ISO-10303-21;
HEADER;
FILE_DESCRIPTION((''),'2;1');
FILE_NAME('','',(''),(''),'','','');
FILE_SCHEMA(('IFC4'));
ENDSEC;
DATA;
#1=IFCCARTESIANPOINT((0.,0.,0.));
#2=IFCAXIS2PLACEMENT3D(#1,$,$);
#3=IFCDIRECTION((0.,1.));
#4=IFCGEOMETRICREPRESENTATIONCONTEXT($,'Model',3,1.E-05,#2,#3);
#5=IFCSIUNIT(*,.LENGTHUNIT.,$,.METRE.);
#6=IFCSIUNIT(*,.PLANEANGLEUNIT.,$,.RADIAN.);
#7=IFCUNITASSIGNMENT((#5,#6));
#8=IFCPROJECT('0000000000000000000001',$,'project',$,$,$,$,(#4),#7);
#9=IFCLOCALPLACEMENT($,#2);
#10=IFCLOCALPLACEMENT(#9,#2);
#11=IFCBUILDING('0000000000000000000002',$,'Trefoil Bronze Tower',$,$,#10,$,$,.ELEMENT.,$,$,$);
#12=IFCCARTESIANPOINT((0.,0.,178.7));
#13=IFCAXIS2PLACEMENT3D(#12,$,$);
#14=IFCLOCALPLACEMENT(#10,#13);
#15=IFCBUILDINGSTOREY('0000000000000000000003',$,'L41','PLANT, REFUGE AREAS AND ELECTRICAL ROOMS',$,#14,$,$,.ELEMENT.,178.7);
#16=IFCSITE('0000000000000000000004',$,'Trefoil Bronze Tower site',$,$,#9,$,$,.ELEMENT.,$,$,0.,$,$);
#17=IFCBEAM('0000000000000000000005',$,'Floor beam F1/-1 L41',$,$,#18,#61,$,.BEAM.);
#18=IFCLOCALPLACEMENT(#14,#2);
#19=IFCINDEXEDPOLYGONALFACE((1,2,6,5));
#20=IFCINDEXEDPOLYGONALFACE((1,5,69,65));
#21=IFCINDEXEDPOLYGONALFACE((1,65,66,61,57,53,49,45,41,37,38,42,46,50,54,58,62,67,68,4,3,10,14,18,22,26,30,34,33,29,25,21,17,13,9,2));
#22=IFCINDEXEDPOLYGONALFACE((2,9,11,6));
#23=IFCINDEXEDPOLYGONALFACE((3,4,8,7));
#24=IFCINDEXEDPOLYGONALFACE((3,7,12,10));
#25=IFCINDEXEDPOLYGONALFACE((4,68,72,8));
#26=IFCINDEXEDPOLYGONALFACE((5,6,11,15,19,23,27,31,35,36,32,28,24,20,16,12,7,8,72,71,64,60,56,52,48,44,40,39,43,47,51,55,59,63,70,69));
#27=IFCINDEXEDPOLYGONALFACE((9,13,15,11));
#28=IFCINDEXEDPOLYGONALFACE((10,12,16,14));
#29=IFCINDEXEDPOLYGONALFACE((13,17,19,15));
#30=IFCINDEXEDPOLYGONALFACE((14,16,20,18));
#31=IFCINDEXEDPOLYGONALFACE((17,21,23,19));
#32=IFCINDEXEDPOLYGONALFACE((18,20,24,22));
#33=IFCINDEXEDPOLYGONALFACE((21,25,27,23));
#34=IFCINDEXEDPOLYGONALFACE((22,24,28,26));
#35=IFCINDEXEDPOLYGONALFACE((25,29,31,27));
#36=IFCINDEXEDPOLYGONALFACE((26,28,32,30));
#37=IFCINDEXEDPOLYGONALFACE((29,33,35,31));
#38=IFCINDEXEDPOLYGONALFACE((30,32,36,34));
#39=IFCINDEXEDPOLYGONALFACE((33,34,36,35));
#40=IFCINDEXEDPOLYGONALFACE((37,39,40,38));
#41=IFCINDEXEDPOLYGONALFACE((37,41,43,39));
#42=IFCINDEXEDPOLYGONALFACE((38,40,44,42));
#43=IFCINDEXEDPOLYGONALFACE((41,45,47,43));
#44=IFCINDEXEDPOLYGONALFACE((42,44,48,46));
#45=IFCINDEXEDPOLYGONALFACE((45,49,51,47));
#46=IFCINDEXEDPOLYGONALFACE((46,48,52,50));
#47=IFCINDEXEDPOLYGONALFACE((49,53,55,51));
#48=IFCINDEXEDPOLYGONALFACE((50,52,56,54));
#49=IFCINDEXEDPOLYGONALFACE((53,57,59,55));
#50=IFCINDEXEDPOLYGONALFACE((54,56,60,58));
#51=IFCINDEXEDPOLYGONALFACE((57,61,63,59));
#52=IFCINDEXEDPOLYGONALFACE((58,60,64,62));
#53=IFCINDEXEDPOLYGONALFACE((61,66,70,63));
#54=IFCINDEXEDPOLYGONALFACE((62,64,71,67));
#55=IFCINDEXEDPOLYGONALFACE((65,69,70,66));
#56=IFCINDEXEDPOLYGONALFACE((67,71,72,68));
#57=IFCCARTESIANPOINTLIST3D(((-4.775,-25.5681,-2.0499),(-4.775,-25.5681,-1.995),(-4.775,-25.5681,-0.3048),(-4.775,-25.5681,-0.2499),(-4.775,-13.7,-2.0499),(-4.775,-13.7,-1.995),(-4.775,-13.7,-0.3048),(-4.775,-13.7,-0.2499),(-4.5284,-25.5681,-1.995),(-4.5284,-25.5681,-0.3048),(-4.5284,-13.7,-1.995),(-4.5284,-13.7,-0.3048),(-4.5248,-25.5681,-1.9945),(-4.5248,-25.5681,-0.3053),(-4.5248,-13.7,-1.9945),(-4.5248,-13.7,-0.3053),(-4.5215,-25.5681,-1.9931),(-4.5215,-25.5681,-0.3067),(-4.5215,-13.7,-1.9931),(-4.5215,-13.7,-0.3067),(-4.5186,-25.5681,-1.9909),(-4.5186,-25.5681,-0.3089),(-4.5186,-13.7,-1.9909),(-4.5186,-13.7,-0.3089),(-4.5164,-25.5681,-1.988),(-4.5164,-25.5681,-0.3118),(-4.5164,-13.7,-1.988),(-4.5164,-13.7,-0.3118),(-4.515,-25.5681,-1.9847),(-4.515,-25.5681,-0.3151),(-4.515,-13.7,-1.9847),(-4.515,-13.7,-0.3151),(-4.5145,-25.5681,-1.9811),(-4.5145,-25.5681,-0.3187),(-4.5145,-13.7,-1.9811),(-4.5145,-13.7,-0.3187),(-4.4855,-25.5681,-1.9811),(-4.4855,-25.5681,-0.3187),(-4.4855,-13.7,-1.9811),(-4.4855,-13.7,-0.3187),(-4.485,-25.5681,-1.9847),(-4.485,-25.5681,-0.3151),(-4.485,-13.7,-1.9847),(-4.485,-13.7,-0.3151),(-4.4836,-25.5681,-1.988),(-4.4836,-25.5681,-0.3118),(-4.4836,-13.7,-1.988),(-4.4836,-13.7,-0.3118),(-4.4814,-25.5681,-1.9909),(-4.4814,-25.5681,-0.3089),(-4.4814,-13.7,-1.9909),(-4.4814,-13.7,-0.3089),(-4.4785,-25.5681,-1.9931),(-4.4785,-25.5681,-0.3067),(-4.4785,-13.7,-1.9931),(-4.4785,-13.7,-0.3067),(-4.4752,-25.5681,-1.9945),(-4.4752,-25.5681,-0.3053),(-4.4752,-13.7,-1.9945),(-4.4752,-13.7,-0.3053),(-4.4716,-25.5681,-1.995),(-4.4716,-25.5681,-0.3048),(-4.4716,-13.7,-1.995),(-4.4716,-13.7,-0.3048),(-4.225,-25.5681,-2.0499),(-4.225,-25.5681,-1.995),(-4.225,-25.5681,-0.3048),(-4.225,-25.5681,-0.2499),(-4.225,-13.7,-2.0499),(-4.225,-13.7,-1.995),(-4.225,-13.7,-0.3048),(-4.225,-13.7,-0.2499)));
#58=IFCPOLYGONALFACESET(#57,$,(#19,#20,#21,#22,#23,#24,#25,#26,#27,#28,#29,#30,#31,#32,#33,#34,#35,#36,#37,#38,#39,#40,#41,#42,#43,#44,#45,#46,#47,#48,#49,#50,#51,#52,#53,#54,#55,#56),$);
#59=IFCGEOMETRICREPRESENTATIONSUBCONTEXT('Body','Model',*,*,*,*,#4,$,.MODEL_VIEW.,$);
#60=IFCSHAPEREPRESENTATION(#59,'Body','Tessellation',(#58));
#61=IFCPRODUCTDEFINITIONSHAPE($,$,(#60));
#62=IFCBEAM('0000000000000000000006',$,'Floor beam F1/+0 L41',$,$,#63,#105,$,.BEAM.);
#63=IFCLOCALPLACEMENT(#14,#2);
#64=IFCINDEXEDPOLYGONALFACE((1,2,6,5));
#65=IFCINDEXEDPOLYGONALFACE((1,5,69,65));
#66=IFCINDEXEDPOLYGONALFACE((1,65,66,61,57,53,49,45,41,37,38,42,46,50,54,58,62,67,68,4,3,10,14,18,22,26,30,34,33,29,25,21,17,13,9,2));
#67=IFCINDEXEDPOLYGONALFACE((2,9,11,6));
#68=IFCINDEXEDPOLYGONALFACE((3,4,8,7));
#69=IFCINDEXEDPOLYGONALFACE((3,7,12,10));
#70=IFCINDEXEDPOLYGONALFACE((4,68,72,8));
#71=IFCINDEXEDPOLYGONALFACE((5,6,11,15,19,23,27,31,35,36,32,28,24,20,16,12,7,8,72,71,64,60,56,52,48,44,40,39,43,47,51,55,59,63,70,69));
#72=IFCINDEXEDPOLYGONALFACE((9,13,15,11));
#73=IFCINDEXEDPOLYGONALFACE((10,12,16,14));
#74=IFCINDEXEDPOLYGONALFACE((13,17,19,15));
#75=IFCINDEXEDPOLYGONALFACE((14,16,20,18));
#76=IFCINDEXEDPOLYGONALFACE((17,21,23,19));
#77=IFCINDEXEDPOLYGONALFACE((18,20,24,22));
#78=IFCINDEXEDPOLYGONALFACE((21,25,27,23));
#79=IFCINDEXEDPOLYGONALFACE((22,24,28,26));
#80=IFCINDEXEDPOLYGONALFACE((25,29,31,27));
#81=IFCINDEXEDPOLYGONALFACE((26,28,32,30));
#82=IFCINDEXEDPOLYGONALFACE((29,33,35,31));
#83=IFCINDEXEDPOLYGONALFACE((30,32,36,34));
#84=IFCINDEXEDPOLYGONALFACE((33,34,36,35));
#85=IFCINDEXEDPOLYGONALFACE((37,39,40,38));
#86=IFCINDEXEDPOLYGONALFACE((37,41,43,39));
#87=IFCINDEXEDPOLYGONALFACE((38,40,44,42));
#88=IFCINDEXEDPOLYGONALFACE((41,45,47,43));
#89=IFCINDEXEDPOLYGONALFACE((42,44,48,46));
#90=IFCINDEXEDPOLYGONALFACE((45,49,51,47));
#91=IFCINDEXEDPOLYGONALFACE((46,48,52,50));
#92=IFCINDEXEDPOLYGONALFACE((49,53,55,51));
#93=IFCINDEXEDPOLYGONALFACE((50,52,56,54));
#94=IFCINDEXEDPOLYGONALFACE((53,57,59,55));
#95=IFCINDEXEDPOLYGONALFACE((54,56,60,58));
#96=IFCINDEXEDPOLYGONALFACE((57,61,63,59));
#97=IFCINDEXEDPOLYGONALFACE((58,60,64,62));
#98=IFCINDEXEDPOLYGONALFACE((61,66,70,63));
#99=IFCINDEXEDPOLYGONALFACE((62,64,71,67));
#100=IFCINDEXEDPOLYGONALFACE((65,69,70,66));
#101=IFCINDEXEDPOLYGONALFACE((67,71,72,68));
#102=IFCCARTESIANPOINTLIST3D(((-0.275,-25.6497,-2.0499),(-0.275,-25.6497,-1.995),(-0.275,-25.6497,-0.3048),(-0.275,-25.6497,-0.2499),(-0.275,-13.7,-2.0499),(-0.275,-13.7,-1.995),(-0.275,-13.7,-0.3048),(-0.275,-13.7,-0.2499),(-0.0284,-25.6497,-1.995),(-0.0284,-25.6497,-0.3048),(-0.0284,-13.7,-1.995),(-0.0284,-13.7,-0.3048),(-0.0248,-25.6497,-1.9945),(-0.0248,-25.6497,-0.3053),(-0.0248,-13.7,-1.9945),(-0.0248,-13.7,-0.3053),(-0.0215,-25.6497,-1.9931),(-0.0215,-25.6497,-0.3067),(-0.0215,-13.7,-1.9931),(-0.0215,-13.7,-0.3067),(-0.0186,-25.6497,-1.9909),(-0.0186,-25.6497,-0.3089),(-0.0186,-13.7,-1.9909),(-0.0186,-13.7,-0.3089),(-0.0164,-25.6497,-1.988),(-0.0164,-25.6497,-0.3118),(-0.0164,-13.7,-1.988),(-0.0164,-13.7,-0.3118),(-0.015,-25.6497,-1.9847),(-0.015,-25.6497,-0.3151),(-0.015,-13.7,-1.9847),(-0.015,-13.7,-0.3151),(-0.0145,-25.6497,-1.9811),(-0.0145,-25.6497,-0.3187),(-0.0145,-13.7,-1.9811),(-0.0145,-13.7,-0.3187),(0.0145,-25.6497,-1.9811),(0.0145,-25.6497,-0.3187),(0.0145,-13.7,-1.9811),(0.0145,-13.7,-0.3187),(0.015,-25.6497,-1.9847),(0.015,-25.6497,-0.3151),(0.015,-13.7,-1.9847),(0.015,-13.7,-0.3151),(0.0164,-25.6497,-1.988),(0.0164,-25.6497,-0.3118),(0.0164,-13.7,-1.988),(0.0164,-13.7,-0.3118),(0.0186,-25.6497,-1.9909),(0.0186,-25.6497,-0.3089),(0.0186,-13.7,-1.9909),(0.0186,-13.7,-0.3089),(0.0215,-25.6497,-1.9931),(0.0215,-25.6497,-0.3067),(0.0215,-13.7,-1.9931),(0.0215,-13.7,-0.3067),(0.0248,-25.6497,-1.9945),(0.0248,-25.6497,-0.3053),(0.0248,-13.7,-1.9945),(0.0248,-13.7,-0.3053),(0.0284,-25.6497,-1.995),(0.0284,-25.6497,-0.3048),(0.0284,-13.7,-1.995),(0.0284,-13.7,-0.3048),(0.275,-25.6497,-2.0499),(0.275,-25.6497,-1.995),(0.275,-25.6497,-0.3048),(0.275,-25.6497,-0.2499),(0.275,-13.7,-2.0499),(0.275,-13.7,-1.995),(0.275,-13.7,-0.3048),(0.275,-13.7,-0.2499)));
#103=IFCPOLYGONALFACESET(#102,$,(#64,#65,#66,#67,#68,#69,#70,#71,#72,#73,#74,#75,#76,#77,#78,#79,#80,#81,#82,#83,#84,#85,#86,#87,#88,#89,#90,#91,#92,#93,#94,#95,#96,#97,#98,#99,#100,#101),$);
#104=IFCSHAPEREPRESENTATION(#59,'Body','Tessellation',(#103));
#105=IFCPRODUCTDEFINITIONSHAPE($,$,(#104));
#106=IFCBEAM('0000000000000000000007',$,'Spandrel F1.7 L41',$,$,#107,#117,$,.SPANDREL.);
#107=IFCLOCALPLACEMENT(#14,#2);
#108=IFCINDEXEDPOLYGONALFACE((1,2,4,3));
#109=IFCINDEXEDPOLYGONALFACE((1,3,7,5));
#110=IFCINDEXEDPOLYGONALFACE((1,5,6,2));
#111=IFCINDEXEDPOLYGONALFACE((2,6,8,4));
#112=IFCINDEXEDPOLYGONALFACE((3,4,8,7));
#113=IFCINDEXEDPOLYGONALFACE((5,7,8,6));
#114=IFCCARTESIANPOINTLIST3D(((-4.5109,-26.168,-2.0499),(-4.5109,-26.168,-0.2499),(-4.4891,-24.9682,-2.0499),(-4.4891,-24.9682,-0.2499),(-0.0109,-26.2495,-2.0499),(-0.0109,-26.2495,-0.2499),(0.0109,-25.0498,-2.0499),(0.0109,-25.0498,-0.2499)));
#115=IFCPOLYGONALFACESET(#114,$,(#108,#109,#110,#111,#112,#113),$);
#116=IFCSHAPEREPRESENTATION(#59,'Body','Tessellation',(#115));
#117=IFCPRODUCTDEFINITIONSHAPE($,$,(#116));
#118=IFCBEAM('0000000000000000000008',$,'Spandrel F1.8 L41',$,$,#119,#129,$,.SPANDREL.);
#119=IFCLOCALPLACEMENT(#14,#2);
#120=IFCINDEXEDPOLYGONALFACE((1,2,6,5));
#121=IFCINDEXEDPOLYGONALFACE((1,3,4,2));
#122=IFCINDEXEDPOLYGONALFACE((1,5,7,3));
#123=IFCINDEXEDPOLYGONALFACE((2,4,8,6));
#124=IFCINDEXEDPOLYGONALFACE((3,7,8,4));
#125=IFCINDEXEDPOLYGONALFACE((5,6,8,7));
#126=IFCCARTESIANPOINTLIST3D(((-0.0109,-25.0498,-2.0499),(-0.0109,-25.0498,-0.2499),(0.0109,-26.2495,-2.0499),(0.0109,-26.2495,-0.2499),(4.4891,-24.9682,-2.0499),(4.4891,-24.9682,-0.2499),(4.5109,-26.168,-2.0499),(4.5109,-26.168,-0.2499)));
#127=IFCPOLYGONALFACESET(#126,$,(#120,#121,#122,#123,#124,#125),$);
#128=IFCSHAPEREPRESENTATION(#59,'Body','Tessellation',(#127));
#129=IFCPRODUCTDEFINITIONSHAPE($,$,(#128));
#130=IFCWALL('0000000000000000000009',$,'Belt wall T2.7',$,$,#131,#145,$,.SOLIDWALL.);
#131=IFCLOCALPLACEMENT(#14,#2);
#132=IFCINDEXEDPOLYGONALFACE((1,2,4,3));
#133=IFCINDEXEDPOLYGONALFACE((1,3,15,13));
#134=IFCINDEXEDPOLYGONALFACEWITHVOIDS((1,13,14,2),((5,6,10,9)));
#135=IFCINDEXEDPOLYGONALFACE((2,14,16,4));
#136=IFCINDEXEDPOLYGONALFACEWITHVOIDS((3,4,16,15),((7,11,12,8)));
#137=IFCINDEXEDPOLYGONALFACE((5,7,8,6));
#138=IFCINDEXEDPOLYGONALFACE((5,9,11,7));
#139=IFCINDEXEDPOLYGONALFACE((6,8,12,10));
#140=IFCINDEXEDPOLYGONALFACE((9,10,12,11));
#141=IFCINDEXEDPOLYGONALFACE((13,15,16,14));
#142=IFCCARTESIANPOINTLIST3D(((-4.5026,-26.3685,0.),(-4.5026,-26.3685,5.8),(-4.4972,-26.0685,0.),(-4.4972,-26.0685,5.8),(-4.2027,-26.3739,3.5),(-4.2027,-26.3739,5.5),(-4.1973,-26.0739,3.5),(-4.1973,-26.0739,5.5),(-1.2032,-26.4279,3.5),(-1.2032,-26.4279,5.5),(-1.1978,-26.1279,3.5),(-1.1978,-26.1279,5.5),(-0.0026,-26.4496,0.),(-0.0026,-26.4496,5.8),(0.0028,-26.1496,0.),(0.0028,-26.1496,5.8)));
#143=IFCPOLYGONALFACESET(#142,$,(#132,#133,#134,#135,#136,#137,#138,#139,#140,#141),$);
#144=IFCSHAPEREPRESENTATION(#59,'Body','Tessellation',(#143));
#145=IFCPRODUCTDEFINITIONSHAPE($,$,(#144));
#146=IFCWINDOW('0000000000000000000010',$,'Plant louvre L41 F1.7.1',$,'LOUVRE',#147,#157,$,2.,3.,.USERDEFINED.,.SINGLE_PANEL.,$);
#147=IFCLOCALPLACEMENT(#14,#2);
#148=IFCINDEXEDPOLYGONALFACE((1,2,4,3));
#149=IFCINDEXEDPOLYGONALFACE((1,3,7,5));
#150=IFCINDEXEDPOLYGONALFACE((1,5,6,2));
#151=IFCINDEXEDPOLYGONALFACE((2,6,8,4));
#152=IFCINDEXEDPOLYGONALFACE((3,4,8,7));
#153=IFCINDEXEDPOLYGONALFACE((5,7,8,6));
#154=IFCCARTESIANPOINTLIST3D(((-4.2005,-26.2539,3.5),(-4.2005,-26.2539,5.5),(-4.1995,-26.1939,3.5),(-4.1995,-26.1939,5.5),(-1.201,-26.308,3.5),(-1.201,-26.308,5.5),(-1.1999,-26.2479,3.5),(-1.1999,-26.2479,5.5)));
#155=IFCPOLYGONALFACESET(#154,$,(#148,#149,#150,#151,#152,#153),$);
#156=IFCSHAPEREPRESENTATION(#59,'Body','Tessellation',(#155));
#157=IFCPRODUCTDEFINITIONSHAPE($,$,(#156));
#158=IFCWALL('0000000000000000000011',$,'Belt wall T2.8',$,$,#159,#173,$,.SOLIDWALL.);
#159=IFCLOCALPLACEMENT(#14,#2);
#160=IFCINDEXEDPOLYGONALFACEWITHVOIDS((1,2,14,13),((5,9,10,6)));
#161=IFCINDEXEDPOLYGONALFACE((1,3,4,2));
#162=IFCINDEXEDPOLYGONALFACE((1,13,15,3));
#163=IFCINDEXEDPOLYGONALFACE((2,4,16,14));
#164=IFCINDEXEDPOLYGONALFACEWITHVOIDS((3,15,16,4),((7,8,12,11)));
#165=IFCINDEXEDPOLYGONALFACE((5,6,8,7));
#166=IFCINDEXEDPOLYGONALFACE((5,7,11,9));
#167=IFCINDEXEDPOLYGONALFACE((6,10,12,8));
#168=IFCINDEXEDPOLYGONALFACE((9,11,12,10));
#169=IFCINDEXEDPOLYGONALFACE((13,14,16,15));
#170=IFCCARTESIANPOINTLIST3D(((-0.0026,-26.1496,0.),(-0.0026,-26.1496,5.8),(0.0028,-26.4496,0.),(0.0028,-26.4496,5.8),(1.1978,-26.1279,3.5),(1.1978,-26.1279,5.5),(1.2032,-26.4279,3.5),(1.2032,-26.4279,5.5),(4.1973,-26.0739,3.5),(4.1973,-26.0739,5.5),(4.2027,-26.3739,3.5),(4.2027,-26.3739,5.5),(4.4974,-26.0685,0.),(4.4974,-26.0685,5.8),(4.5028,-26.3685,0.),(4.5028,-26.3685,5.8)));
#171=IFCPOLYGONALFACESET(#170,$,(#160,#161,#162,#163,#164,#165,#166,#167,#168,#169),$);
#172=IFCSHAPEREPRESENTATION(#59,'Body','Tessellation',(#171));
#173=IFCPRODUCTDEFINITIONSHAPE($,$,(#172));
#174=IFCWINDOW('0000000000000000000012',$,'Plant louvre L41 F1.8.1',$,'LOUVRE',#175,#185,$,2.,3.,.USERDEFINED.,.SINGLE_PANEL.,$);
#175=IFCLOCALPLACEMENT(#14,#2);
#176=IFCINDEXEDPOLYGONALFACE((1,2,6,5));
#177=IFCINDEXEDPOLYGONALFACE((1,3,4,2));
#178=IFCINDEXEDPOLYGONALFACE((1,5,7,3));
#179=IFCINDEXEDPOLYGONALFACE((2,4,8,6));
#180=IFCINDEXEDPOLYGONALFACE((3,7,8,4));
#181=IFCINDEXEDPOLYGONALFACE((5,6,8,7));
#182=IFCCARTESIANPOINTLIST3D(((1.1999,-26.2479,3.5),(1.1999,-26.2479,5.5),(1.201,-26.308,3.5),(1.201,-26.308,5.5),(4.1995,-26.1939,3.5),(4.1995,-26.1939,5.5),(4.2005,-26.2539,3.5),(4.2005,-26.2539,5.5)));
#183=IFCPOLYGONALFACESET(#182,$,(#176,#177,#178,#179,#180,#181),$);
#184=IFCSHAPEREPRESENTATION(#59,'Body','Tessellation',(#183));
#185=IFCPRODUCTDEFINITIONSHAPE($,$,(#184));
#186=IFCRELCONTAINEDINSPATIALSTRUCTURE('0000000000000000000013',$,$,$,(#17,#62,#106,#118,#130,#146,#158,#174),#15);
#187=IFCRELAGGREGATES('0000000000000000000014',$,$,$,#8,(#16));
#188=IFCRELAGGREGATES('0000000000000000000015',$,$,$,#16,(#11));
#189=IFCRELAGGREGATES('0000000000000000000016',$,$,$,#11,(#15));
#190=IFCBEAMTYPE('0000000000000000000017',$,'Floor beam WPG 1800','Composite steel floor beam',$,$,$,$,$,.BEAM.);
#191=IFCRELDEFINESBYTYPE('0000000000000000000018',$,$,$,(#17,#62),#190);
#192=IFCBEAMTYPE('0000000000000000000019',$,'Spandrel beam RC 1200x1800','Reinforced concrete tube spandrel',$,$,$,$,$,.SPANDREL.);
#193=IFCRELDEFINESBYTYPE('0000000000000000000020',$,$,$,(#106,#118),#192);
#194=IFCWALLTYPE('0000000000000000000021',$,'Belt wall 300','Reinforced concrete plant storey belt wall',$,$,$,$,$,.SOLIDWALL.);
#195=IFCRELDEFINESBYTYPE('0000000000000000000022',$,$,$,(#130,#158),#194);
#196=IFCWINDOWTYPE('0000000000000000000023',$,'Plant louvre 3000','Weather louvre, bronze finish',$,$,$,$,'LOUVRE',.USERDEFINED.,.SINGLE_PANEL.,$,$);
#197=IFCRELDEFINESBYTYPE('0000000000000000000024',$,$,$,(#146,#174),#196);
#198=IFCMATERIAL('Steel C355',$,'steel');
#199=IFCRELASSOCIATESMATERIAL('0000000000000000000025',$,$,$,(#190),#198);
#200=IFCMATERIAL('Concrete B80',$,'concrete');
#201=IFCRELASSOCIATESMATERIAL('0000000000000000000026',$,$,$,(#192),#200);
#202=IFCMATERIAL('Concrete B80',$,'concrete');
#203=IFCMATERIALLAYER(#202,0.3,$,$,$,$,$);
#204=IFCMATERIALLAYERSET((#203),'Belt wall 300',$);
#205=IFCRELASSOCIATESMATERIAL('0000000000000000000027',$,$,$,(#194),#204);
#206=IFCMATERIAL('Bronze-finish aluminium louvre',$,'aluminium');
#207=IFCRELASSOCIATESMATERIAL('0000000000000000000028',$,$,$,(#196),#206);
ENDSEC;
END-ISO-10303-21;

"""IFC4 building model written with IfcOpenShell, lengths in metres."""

from ifc_helpers import new_model, si_unit, direction, frame, frame_2d, origin, origin_2d, place, context, subcontext, project, spatial, rectangle, i_section, extrude, material, layer, layer_set, material_profile, profile_set, type_object, element, fill, save


model = new_model("IFC4")

# Units and contexts
model_context = context("Model", 3, precision=1e-05, world=origin(), true_north=direction((0.0, 1.0)))
body_context = subcontext(model_context, "Body", "Model", "MODEL_VIEW")
ifc_project = project(units=[si_unit("LENGTHUNIT", "METRE"), si_unit("PLANEANGLEUNIT", "RADIAN")], contexts=[model_context])

# Site, building, storey
site_placement = place(None, origin())
site = spatial("IfcSite", under=ifc_project, at=site_placement, Name="Trefoil Bronze Tower site", CompositionType="ELEMENT", RefElevation=0.0)
building_placement = place(site_placement, origin())
building = spatial("IfcBuilding", under=site, at=building_placement, Name="Trefoil Bronze Tower", CompositionType="ELEMENT")
storey_placement = place(building_placement, frame((0.0, 0.0, 178.7)))
storey = spatial("IfcBuildingStorey", under=building, at=storey_placement, Name="L41", Description="PLANT, REFUGE AREAS AND ELECTRICAL ROOMS", CompositionType="ELEMENT", Elevation=178.7)

# Beams
ifc_material_1 = material(Name="Steel C355", Category="steel")
ifc_material_profile_1 = material_profile(ifc_material_1, i_section(OverallWidth=0.55, OverallDepth=1.8, WebThickness=0.0291, FlangeThickness=0.0549, FilletRadius=0.0139, at=origin_2d()), Name="WPG 1800")
ifc_profile_set_1 = profile_set([ifc_material_profile_1], Name="Steel C355")
beam_type_1 = type_object("IfcBeamType", Name="Floor beam WPG 1800", Description="Composite steel floor beam", PredefinedType="BEAM", material=ifc_profile_set_1)
beam_1_placement = place(storey_placement, frame((-4.5, -25.5681, -1.1499), z_axis=(0.0, 1.0, 0.0), x_axis=(-1.0, 0.0, 0.0)))
element("IfcBeam", 1, at=beam_1_placement, inside=storey, type_object=beam_type_1, Name="Floor beam F1/-1 L41", PredefinedType="BEAM", context=body_context, shape_type="SweptSolid", body=[
    extrude(i_section(OverallWidth=0.55, OverallDepth=1.8, WebThickness=0.0291, FlangeThickness=0.0549, FilletRadius=0.0139, at=origin_2d()), origin(), (0.0, 0.0, 1.0), 11.8682),
])
beam_2_placement = place(storey_placement, frame((0.0, -25.6497, -1.1499), z_axis=(0.0, 1.0, 0.0), x_axis=(-1.0, 0.0, 0.0)))
element("IfcBeam", 2, at=beam_2_placement, inside=storey, type_object=beam_type_1, Name="Floor beam F1/+0 L41", PredefinedType="BEAM", context=body_context, shape_type="SweptSolid", body=[
    extrude(i_section(OverallWidth=0.55, OverallDepth=1.8, WebThickness=0.0291, FlangeThickness=0.0549, FilletRadius=0.0139, at=origin_2d()), origin(), (0.0, 0.0, 1.0), 11.9497),
])
ifc_material_2 = material(Name="Concrete B80", Category="concrete")
ifc_material_profile_2 = material_profile(ifc_material_2, rectangle(XDim=1.2, YDim=1.8, at=origin_2d()), Name="RC 1200x1800")
ifc_profile_set_2 = profile_set([ifc_material_profile_2], Name="Concrete B80")
beam_type_2 = type_object("IfcBeamType", Name="Spandrel beam RC 1200x1800", Description="Reinforced concrete tube spandrel", PredefinedType="SPANDREL", material=ifc_profile_set_2)
for number, where, z_axis, x_axis, name in (
    (3, (-4.5, -25.5681, -1.1499), (0.999836, -0.018118, 0.0), (0.018118, 0.999836, 0.0), "Spandrel F1.7 L41"),
    (4, (0.0, -25.6497, -1.1499), (0.999836, 0.018118, 0.0), (-0.018118, 0.999836, 0.0), "Spandrel F1.8 L41"),
):
    element("IfcBeam", number, at=place(storey_placement, frame(where, z_axis=z_axis, x_axis=x_axis)), inside=storey, type_object=beam_type_2, Name=name, PredefinedType="SPANDREL", context=body_context, shape_type="SweptSolid", body=[
        extrude(rectangle(XDim=1.2, YDim=1.8, at=origin_2d()), origin(), (0.0, 0.0, 1.0), 4.5007),
    ])

# Walls, openings, windows
ifc_material_3 = material(Name="Concrete B80", Category="concrete")
ifc_layer_1 = layer(ifc_material_3, 0.3)
ifc_layer_set_1 = layer_set([ifc_layer_1], Name="Belt wall 300")
wall_type = type_object("IfcWallType", Name="Belt wall 300", Description="Reinforced concrete plant storey belt wall", PredefinedType="SOLIDWALL", material=ifc_layer_set_1)
wall_1_placement = place(storey_placement, frame((-4.5, -26.2185, 0.0), z_axis=(0.0, 0.0, 1.0), x_axis=(0.999838, -0.018009, 0.0)))
wall_1 = element("IfcWall", 5, at=wall_1_placement, inside=storey, type_object=wall_type, Name="Belt wall T2.7", PredefinedType="SOLIDWALL", context=body_context, shape_type="SweptSolid", body=[
    extrude(rectangle(XDim=4.5007, YDim=0.3, at=frame_2d((2.2505, 0.0))), origin(), (0.0, 0.0, 1.0), 5.8),
])
opening_1_placement = place(wall_1_placement, frame((0.3, 0.0, 3.5)))
opening_1 = element("IfcOpeningElement", 6, at=opening_1_placement, cuts=wall_1, PredefinedType="OPENING", context=body_context, shape_type="SweptSolid", body=[
    extrude(rectangle(XDim=3.0, YDim=2.0, at=frame_2d((1.5, 1.0))), frame((0.0, 0.1599, 0.0), z_axis=(0.0, -1.0, 0.0), x_axis=(1.0, 0.0, 0.0)), (0.0, 0.0, 1.0), 0.3201),
])
ifc_material_4 = material(Name="Bronze-finish aluminium louvre", Category="aluminium")
window_type = type_object("IfcWindowType", Name="Plant louvre 3000", Description="Weather louvre, bronze finish", ElementType="LOUVRE", PartitioningType="SINGLE_PANEL", PredefinedType="USERDEFINED", material=ifc_material_4)
window_1_placement = place(opening_1_placement, origin())
window_1 = element("IfcWindow", 7, at=window_1_placement, inside=storey, type_object=window_type, Name="Plant louvre L41 F1.7.1", ObjectType="LOUVRE", OverallHeight=2.0, OverallWidth=3.0, PartitioningType="SINGLE_PANEL", PredefinedType="USERDEFINED", context=body_context, shape_type="SweptSolid", body=[
    extrude(rectangle(XDim=3.0, YDim=2.0, at=frame_2d((1.5, 1.0))), frame((0.0, 0.03, 0.0), z_axis=(0.0, -1.0, 0.0), x_axis=(1.0, 0.0, 0.0)), (0.0, 0.0, 1.0), 0.0601),
])
fill(opening_1, window_1)
wall_2_placement = place(storey_placement, frame((0.0, -26.2996, 0.0), z_axis=(0.0, 0.0, 1.0), x_axis=(0.999838, 0.018009, 0.0)))
wall_2 = element("IfcWall", 8, at=wall_2_placement, inside=storey, type_object=wall_type, Name="Belt wall T2.8", PredefinedType="SOLIDWALL", context=body_context, shape_type="SweptSolid", body=[
    extrude(rectangle(XDim=4.5007, YDim=0.3, at=frame_2d((2.2505, 0.0))), origin(), (0.0, 0.0, 1.0), 5.8),
])
opening_2_placement = place(wall_2_placement, frame((1.2007, 0.0, 3.5)))
opening_2 = element("IfcOpeningElement", 9, at=opening_2_placement, cuts=wall_2, PredefinedType="OPENING", context=body_context, shape_type="SweptSolid", body=[
    extrude(rectangle(XDim=3.0, YDim=2.0, at=frame_2d((1.5, 1.0))), frame((0.0, 0.1599, 0.0), z_axis=(0.0, -1.0, 0.0), x_axis=(1.0, 0.0, 0.0)), (0.0, 0.0, 1.0), 0.3201),
])
window_2_placement = place(opening_2_placement, origin())
window_2 = element("IfcWindow", 10, at=window_2_placement, inside=storey, type_object=window_type, Name="Plant louvre L41 F1.8.1", ObjectType="LOUVRE", OverallHeight=2.0, OverallWidth=3.0, PartitioningType="SINGLE_PANEL", PredefinedType="USERDEFINED", context=body_context, shape_type="SweptSolid", body=[
    extrude(rectangle(XDim=3.0, YDim=2.0, at=frame_2d((1.5, 1.0))), frame((0.0, 0.03, 0.0), z_axis=(0.0, -1.0, 0.0), x_axis=(1.0, 0.0, 0.0)), (0.0, 0.0, 1.0), 0.0601),
])
fill(opening_2, window_2)

save(model, "model.ifc")
